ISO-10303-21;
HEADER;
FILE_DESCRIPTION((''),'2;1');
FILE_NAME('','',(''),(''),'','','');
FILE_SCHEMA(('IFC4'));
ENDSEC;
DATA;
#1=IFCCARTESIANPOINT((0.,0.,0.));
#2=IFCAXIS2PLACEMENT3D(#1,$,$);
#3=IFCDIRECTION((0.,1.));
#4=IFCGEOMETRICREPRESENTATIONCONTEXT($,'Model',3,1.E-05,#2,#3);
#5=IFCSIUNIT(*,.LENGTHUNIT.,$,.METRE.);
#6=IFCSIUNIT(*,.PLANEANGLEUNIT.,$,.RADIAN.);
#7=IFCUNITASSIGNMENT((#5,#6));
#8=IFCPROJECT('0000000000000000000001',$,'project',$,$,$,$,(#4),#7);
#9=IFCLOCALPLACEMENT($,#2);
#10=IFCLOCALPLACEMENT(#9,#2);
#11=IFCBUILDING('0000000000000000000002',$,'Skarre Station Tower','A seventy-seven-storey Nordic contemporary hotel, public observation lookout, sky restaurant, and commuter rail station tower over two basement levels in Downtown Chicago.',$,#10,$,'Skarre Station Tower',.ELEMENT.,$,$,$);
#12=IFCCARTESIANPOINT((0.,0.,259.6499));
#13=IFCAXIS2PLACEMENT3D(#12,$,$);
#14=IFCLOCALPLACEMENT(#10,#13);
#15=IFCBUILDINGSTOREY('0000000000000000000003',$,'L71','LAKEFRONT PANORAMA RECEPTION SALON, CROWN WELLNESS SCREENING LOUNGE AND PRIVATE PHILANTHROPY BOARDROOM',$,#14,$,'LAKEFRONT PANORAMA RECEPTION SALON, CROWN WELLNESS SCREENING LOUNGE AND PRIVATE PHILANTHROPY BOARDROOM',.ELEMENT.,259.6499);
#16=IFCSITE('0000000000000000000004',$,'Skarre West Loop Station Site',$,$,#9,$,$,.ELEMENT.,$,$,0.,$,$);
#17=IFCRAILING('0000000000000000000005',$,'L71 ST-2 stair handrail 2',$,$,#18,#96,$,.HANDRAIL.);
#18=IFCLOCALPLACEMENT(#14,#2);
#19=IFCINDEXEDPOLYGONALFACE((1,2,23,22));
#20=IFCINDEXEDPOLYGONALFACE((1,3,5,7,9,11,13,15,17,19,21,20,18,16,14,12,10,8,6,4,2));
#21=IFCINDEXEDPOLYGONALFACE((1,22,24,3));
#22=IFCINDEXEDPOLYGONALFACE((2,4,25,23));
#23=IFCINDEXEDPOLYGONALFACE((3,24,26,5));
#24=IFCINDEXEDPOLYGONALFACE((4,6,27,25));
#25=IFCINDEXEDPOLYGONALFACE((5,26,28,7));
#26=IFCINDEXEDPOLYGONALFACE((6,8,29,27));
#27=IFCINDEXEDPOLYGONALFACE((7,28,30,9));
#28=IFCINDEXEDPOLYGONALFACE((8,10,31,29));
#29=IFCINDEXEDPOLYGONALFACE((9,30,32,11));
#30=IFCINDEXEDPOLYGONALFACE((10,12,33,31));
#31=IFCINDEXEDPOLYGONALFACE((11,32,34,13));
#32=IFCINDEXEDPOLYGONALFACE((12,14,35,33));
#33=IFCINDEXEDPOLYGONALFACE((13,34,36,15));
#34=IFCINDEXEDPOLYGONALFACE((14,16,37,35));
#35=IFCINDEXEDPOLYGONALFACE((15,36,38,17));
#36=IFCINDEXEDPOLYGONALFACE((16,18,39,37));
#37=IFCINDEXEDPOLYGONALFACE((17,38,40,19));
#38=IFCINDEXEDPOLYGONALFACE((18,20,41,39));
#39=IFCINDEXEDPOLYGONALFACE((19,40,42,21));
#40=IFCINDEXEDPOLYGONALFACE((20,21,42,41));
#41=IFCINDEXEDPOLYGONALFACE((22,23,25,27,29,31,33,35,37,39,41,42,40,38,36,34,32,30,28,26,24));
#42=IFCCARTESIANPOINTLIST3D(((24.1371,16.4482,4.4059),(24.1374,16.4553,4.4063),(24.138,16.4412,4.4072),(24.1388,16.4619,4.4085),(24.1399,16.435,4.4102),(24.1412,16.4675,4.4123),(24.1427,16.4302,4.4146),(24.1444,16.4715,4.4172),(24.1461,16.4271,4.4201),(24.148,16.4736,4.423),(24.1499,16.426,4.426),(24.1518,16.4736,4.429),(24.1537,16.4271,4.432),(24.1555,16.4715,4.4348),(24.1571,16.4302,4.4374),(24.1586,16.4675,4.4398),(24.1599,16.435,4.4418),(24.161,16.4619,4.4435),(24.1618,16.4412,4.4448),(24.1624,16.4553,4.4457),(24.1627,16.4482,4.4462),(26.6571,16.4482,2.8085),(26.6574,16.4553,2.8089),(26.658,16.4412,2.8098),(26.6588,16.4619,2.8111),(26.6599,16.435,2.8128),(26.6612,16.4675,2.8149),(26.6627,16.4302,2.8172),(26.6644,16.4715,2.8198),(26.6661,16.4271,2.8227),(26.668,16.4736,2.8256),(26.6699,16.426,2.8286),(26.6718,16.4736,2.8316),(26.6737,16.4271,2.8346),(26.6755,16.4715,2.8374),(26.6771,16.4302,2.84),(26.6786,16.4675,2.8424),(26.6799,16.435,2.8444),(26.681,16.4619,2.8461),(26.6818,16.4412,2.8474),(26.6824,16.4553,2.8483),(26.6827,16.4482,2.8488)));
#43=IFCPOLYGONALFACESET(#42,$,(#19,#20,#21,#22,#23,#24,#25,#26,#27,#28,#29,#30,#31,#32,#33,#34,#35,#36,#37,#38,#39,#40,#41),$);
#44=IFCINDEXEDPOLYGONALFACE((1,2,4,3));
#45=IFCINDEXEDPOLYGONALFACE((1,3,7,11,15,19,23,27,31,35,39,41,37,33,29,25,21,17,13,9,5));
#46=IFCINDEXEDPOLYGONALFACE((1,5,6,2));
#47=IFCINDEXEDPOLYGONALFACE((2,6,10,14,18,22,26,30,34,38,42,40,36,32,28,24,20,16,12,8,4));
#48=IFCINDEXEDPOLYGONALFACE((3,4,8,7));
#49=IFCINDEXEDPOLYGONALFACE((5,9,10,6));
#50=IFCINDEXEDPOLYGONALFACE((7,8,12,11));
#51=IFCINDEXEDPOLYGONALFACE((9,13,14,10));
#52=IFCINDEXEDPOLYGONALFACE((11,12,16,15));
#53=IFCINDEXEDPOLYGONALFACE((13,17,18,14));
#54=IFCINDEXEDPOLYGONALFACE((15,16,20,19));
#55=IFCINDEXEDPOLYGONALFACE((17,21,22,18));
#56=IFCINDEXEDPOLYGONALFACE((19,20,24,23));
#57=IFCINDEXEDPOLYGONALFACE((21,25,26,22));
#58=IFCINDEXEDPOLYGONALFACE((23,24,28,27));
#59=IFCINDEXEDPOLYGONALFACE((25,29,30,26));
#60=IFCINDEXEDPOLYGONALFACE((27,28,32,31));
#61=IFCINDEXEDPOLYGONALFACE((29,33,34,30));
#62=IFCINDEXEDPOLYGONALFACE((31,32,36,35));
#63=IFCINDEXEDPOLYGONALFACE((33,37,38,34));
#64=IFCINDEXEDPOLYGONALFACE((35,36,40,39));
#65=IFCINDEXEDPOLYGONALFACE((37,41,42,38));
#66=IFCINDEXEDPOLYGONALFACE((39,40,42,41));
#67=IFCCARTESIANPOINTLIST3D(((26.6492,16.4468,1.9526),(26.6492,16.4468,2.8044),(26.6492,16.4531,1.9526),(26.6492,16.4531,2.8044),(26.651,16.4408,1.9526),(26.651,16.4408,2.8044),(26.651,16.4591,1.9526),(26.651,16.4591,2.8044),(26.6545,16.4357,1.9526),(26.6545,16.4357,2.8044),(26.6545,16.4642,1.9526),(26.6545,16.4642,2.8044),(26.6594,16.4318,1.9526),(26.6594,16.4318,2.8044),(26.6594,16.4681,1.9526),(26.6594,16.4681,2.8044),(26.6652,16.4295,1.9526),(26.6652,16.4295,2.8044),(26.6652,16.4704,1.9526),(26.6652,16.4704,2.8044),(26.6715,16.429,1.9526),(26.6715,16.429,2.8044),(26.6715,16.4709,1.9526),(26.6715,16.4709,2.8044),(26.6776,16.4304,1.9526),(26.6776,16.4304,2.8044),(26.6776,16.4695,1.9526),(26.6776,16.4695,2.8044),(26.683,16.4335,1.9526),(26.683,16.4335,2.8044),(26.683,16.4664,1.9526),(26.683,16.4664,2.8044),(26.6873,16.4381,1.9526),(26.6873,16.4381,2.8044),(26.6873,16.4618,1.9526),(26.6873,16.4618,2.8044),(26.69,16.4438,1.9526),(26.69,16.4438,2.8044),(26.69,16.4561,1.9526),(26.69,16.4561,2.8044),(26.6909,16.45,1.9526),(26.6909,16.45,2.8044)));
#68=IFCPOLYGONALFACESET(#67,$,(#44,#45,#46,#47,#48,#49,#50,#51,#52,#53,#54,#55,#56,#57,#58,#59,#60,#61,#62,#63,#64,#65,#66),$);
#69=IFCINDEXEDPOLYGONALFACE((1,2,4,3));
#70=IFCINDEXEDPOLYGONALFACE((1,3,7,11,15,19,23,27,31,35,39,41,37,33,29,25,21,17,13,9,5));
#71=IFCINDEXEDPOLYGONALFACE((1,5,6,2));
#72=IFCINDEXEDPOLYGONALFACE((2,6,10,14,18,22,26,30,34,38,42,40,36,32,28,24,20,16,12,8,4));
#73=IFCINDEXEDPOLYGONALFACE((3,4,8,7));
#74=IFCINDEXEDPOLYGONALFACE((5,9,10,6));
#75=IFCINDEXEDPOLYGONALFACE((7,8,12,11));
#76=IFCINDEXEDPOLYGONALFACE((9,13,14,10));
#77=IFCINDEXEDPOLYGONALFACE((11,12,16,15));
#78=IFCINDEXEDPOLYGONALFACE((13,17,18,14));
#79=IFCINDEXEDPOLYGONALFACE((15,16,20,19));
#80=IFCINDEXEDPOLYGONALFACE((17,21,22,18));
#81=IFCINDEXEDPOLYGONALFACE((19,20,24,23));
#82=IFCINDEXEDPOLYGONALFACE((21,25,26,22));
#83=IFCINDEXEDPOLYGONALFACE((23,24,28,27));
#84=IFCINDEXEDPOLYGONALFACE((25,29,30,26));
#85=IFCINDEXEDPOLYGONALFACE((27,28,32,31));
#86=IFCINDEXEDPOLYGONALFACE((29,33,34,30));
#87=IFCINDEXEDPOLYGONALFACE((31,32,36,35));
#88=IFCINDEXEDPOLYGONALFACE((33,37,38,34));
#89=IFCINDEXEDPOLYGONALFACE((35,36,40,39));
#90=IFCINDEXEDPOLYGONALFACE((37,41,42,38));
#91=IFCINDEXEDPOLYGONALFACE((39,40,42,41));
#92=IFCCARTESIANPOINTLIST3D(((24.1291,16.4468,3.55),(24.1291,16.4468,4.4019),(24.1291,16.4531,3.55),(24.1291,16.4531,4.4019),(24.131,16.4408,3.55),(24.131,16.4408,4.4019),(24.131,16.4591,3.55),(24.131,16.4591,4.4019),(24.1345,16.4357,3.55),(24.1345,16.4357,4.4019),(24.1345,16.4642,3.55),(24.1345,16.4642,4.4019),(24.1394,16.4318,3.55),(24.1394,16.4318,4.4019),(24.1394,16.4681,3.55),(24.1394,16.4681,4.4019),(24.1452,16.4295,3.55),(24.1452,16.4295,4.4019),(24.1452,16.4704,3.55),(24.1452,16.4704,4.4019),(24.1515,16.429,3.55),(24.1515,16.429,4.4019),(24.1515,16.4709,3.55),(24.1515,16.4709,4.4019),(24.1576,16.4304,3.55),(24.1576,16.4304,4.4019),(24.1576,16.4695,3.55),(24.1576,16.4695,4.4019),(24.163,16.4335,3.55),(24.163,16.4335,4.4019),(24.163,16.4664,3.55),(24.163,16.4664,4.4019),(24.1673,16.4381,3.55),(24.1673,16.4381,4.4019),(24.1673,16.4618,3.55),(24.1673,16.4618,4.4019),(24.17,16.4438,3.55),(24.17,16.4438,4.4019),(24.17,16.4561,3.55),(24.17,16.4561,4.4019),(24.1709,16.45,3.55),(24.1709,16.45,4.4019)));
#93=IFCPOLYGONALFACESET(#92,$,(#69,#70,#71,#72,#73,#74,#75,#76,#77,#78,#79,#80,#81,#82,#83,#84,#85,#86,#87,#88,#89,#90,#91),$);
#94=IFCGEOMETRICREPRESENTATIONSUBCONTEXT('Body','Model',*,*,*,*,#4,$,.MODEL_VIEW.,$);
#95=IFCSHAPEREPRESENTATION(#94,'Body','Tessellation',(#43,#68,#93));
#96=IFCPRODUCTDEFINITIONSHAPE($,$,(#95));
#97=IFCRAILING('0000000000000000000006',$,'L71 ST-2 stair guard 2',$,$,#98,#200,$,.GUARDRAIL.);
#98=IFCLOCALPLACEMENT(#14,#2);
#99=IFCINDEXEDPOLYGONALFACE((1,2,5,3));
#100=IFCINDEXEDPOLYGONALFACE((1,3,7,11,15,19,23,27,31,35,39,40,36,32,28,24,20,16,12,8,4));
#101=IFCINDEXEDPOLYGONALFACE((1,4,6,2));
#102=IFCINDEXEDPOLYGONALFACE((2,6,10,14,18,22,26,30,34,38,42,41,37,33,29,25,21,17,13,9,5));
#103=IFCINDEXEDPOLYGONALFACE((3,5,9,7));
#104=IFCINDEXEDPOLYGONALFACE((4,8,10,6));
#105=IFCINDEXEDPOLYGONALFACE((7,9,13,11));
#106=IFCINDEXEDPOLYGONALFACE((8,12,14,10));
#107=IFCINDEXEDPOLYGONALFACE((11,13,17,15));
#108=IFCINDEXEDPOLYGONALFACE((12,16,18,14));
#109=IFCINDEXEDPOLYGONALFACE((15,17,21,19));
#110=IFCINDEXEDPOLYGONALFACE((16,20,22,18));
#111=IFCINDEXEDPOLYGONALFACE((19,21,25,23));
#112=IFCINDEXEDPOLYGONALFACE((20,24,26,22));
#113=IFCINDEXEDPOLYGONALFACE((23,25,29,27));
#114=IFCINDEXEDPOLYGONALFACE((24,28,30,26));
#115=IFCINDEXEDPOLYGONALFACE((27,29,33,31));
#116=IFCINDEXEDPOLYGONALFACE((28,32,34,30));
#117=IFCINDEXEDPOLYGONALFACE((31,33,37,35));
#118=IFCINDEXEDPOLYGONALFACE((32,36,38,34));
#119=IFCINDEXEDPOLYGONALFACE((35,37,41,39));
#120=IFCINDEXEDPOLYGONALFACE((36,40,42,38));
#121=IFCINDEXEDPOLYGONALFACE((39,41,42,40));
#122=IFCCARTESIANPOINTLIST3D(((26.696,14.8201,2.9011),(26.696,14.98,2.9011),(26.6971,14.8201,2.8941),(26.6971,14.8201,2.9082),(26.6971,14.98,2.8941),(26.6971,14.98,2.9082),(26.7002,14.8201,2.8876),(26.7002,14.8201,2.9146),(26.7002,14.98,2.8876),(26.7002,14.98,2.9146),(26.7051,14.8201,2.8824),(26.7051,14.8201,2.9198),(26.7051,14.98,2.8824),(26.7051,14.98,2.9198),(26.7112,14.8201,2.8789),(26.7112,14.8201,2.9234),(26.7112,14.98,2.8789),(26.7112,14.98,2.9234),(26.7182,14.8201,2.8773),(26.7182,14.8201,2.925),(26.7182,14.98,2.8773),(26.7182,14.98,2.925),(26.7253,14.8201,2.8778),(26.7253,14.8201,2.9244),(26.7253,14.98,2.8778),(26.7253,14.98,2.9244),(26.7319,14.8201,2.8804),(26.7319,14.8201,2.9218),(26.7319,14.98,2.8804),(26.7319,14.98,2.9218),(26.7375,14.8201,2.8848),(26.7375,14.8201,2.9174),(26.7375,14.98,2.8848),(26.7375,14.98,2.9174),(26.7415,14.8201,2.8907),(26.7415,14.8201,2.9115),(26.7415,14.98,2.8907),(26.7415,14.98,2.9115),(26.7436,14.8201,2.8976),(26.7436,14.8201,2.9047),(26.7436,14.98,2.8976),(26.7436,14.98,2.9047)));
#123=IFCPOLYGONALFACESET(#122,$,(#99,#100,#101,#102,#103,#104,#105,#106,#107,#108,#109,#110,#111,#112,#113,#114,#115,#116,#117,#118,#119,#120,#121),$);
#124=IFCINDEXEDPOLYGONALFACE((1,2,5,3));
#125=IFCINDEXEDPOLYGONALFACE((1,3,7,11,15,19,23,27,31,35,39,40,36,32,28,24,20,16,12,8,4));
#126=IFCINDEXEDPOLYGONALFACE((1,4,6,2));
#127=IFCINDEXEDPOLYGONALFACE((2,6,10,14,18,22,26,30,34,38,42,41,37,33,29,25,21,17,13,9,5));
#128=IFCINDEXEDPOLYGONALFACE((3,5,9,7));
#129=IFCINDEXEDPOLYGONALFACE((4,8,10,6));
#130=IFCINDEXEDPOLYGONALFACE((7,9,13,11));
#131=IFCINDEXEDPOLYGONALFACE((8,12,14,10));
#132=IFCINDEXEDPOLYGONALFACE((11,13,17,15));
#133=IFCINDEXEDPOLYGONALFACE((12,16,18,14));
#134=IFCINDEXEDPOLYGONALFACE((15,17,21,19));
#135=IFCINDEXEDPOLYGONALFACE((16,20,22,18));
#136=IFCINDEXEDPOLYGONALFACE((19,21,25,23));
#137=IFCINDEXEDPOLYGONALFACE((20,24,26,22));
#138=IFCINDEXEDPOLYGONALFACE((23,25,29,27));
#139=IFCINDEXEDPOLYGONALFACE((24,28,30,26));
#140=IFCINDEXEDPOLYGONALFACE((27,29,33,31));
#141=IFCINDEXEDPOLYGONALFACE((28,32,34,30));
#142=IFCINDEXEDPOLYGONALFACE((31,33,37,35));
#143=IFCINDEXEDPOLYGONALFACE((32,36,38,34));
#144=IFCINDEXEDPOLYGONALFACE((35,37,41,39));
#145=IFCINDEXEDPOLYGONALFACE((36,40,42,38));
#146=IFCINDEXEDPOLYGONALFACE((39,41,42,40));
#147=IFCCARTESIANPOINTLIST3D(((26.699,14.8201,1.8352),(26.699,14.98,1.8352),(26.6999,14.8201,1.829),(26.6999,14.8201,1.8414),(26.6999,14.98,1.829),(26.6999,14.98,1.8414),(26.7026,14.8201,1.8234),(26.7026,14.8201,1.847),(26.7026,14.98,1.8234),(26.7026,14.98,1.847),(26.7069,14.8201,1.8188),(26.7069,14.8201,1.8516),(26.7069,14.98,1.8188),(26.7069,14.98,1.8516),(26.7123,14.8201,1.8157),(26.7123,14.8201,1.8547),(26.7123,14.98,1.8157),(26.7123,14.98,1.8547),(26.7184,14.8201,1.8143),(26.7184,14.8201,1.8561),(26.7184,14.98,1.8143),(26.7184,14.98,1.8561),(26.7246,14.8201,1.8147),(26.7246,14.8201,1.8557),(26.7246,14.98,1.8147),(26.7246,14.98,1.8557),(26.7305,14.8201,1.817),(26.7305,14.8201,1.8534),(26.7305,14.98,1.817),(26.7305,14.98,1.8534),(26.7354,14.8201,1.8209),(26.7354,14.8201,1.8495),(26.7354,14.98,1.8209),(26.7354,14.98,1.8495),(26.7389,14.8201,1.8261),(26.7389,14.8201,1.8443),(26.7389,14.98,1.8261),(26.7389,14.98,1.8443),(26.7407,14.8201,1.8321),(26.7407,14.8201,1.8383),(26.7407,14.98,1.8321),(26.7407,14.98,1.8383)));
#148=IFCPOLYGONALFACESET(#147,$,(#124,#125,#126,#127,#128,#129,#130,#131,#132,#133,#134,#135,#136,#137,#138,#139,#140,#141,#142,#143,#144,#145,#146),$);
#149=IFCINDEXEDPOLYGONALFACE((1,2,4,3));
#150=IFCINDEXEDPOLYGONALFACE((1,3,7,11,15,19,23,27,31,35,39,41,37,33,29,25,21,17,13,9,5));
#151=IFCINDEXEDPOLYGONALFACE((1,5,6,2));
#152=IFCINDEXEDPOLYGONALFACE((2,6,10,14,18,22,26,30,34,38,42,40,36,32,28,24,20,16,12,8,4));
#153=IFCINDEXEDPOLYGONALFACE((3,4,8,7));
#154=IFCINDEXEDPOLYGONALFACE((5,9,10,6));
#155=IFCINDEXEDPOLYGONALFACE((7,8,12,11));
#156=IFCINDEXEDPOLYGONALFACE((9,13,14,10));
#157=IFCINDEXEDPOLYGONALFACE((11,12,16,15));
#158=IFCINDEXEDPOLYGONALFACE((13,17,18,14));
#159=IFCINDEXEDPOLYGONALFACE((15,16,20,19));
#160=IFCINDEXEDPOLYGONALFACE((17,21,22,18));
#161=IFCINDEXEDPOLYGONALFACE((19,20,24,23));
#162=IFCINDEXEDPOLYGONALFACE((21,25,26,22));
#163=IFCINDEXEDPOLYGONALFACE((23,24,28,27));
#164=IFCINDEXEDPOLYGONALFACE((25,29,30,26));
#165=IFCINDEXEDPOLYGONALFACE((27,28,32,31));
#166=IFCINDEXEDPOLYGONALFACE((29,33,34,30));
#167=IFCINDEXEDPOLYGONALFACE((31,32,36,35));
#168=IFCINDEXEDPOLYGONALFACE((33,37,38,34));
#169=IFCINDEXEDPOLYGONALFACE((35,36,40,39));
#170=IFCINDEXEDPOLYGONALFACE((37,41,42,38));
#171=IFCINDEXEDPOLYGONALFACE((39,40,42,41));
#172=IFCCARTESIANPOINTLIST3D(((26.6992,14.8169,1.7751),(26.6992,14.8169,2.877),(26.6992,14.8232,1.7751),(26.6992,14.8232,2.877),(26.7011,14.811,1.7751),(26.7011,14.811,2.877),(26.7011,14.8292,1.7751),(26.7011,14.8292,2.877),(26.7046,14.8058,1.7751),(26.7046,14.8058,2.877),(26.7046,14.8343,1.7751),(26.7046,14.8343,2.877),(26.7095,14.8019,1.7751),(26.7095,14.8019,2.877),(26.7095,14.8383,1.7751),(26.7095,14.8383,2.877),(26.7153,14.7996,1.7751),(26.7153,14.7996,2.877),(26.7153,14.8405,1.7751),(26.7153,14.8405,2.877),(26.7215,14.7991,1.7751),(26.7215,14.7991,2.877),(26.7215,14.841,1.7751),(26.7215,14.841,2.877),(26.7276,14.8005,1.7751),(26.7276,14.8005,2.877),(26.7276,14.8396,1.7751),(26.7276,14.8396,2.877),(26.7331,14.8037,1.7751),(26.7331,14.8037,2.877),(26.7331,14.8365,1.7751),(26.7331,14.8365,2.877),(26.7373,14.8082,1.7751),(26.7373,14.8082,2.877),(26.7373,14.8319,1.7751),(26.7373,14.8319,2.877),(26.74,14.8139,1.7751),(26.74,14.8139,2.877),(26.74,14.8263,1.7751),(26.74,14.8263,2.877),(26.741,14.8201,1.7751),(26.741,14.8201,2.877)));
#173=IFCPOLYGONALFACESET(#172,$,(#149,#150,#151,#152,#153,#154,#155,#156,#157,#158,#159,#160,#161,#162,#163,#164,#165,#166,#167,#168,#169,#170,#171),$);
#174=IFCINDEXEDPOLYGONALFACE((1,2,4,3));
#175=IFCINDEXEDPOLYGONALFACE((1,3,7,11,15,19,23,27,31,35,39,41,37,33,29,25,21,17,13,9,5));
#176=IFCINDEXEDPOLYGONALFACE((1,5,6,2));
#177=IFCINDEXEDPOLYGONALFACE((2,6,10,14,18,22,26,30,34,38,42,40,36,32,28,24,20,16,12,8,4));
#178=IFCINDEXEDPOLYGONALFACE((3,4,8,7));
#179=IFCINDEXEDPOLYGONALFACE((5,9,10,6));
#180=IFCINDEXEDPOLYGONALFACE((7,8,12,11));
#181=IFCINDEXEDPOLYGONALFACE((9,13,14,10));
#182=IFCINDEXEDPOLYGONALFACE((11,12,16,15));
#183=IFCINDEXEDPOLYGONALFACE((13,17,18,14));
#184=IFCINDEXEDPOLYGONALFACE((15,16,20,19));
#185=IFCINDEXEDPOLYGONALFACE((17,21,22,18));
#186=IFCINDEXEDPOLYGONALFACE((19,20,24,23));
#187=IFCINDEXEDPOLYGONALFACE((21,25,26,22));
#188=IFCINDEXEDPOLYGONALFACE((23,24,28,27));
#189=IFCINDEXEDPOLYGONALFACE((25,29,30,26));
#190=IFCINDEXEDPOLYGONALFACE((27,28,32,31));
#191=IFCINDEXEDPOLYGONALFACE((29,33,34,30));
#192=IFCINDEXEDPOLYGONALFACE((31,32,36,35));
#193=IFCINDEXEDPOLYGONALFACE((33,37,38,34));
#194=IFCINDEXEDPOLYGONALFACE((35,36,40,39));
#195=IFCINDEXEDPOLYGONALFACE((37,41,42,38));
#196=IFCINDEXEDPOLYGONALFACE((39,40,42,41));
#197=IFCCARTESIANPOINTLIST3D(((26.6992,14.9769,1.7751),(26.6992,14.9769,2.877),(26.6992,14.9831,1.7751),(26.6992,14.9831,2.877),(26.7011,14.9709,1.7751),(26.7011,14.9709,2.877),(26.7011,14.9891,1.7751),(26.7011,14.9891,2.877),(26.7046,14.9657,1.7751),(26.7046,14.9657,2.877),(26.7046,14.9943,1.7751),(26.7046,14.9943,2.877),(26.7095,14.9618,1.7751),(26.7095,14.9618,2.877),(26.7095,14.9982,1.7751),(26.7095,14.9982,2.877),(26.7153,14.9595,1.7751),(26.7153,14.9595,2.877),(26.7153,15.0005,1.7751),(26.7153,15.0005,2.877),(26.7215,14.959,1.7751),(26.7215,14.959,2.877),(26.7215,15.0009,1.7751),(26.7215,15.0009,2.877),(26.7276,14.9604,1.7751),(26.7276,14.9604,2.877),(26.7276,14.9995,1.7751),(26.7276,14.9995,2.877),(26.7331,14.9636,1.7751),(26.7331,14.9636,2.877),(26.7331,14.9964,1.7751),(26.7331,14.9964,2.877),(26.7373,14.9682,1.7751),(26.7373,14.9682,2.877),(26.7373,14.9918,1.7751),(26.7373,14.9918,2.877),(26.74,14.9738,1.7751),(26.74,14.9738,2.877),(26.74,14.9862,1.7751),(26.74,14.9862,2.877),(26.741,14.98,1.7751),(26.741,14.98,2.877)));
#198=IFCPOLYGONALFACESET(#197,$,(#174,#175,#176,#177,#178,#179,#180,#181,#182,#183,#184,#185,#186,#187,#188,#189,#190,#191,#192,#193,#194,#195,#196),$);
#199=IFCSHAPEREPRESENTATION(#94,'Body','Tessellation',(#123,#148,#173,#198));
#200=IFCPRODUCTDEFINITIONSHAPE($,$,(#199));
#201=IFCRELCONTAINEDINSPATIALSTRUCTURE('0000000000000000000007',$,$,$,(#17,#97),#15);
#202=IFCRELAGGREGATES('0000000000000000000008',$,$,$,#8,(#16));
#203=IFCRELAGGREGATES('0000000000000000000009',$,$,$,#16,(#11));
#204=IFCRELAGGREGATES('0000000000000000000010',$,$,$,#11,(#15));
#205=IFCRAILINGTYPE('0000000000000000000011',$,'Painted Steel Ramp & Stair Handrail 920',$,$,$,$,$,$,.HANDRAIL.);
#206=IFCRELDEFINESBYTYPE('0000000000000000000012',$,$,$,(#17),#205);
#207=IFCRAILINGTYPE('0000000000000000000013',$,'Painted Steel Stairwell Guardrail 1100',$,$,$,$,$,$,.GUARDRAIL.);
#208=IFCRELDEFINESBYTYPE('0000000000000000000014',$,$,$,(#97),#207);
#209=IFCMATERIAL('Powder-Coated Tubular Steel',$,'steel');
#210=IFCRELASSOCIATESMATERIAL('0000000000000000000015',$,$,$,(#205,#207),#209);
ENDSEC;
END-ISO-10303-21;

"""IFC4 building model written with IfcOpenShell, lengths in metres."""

from ifc_helpers import new_model, si_unit, direction, frame, origin, origin_2d, place, context, subcontext, project, spatial, circle, extrude, material, type_object, element, save


model = new_model("IFC4")

# Units and contexts
model_context = context("Model", 3, precision=1e-05, world=origin(), true_north=direction((0.0, 1.0)))
body_context = subcontext(model_context, "Body", "Model", "MODEL_VIEW")
ifc_project = project(units=[si_unit("LENGTHUNIT", "METRE"), si_unit("PLANEANGLEUNIT", "RADIAN")], contexts=[model_context])

# Site, building, storey
site_placement = place(None, origin())
site = spatial("IfcSite", under=ifc_project, at=site_placement, Name="Skarre West Loop Station Site", CompositionType="ELEMENT", RefElevation=0.0)
building_placement = place(site_placement, origin())
building = spatial("IfcBuilding", under=site, at=building_placement, Name="Skarre Station Tower", Description="A seventy-seven-storey Nordic contemporary hotel, public observation lookout, sky restaurant, and commuter rail station tower over two basement levels in Downtown Chicago.", LongName="Skarre Station Tower", CompositionType="ELEMENT")
storey_placement = place(building_placement, frame((0.0, 0.0, 259.6499)))
storey = spatial("IfcBuildingStorey", under=building, at=storey_placement, Name="L71", Description="LAKEFRONT PANORAMA RECEPTION SALON, CROWN WELLNESS SCREENING LOUNGE AND PRIVATE PHILANTHROPY BOARDROOM", LongName="LAKEFRONT PANORAMA RECEPTION SALON, CROWN WELLNESS SCREENING LOUNGE AND PRIVATE PHILANTHROPY BOARDROOM", CompositionType="ELEMENT", Elevation=259.6499)

# Railings
ifc_material_1 = material(Name="Powder-Coated Tubular Steel", Category="steel")
railing_type_1 = type_object("IfcRailingType", Name="Painted Steel Ramp & Stair Handrail 920", PredefinedType="HANDRAIL", material=ifc_material_1)
railing_1_placement = place(storey_placement, frame((26.6699, 16.45, 1.9526)))
element("IfcRailing", 1, at=railing_1_placement, inside=storey, type_object=railing_type_1, Name="L71 ST-2 stair handrail 2", PredefinedType="HANDRAIL", context=body_context, shape_type="SweptSolid", body=[
    extrude(circle(Radius=0.0239, at=origin_2d()), frame((0.0, 0.0, 0.876), z_axis=(-0.844607, 0.0, 0.535387), x_axis=(0.0, -1.0, 0.0)), (0.0, 0.0, 1.0), 2.9836),
    extrude(circle(Radius=0.021, at=origin_2d()), origin(), (0.0, 0.0, 1.0), 0.8518),
    extrude(circle(Radius=0.021, at=origin_2d()), frame((-2.52, 0.0, 1.5974)), (0.0, 0.0, 1.0), 0.8518),
])
railing_type_2 = type_object("IfcRailingType", Name="Painted Steel Stairwell Guardrail 1100", PredefinedType="GUARDRAIL", material=ifc_material_1)
railing_2_placement = place(storey_placement, frame((26.72, 14.8201, 1.7751)))
element("IfcRailing", 2, at=railing_2_placement, inside=storey, type_object=railing_type_2, Name="L71 ST-2 stair guard 2", PredefinedType="GUARDRAIL", context=body_context, shape_type="SweptSolid", body=[
    extrude(circle(Radius=0.0239, at=origin_2d()), frame((0.0, 0.0, 1.126), z_axis=(0.0, 1.0, 0.0), x_axis=(-1.0, 0.0, 0.0)), (0.0, 0.0, 1.0), 0.1599),
    extrude(circle(Radius=0.021, at=origin_2d()), frame((0.0, 0.0, 0.0601), z_axis=(0.0, 1.0, 0.0), x_axis=(-1.0, 0.0, 0.0)), (0.0, 0.0, 1.0), 0.1599),
    extrude(circle(Radius=0.021, at=origin_2d()), origin(), (0.0, 0.0, 1.0), 1.1018),
    extrude(circle(Radius=0.021, at=origin_2d()), frame((0.0, 0.1599, 0.0)), (0.0, 0.0, 1.0), 1.1018),
])

save(model, "model.ifc")
